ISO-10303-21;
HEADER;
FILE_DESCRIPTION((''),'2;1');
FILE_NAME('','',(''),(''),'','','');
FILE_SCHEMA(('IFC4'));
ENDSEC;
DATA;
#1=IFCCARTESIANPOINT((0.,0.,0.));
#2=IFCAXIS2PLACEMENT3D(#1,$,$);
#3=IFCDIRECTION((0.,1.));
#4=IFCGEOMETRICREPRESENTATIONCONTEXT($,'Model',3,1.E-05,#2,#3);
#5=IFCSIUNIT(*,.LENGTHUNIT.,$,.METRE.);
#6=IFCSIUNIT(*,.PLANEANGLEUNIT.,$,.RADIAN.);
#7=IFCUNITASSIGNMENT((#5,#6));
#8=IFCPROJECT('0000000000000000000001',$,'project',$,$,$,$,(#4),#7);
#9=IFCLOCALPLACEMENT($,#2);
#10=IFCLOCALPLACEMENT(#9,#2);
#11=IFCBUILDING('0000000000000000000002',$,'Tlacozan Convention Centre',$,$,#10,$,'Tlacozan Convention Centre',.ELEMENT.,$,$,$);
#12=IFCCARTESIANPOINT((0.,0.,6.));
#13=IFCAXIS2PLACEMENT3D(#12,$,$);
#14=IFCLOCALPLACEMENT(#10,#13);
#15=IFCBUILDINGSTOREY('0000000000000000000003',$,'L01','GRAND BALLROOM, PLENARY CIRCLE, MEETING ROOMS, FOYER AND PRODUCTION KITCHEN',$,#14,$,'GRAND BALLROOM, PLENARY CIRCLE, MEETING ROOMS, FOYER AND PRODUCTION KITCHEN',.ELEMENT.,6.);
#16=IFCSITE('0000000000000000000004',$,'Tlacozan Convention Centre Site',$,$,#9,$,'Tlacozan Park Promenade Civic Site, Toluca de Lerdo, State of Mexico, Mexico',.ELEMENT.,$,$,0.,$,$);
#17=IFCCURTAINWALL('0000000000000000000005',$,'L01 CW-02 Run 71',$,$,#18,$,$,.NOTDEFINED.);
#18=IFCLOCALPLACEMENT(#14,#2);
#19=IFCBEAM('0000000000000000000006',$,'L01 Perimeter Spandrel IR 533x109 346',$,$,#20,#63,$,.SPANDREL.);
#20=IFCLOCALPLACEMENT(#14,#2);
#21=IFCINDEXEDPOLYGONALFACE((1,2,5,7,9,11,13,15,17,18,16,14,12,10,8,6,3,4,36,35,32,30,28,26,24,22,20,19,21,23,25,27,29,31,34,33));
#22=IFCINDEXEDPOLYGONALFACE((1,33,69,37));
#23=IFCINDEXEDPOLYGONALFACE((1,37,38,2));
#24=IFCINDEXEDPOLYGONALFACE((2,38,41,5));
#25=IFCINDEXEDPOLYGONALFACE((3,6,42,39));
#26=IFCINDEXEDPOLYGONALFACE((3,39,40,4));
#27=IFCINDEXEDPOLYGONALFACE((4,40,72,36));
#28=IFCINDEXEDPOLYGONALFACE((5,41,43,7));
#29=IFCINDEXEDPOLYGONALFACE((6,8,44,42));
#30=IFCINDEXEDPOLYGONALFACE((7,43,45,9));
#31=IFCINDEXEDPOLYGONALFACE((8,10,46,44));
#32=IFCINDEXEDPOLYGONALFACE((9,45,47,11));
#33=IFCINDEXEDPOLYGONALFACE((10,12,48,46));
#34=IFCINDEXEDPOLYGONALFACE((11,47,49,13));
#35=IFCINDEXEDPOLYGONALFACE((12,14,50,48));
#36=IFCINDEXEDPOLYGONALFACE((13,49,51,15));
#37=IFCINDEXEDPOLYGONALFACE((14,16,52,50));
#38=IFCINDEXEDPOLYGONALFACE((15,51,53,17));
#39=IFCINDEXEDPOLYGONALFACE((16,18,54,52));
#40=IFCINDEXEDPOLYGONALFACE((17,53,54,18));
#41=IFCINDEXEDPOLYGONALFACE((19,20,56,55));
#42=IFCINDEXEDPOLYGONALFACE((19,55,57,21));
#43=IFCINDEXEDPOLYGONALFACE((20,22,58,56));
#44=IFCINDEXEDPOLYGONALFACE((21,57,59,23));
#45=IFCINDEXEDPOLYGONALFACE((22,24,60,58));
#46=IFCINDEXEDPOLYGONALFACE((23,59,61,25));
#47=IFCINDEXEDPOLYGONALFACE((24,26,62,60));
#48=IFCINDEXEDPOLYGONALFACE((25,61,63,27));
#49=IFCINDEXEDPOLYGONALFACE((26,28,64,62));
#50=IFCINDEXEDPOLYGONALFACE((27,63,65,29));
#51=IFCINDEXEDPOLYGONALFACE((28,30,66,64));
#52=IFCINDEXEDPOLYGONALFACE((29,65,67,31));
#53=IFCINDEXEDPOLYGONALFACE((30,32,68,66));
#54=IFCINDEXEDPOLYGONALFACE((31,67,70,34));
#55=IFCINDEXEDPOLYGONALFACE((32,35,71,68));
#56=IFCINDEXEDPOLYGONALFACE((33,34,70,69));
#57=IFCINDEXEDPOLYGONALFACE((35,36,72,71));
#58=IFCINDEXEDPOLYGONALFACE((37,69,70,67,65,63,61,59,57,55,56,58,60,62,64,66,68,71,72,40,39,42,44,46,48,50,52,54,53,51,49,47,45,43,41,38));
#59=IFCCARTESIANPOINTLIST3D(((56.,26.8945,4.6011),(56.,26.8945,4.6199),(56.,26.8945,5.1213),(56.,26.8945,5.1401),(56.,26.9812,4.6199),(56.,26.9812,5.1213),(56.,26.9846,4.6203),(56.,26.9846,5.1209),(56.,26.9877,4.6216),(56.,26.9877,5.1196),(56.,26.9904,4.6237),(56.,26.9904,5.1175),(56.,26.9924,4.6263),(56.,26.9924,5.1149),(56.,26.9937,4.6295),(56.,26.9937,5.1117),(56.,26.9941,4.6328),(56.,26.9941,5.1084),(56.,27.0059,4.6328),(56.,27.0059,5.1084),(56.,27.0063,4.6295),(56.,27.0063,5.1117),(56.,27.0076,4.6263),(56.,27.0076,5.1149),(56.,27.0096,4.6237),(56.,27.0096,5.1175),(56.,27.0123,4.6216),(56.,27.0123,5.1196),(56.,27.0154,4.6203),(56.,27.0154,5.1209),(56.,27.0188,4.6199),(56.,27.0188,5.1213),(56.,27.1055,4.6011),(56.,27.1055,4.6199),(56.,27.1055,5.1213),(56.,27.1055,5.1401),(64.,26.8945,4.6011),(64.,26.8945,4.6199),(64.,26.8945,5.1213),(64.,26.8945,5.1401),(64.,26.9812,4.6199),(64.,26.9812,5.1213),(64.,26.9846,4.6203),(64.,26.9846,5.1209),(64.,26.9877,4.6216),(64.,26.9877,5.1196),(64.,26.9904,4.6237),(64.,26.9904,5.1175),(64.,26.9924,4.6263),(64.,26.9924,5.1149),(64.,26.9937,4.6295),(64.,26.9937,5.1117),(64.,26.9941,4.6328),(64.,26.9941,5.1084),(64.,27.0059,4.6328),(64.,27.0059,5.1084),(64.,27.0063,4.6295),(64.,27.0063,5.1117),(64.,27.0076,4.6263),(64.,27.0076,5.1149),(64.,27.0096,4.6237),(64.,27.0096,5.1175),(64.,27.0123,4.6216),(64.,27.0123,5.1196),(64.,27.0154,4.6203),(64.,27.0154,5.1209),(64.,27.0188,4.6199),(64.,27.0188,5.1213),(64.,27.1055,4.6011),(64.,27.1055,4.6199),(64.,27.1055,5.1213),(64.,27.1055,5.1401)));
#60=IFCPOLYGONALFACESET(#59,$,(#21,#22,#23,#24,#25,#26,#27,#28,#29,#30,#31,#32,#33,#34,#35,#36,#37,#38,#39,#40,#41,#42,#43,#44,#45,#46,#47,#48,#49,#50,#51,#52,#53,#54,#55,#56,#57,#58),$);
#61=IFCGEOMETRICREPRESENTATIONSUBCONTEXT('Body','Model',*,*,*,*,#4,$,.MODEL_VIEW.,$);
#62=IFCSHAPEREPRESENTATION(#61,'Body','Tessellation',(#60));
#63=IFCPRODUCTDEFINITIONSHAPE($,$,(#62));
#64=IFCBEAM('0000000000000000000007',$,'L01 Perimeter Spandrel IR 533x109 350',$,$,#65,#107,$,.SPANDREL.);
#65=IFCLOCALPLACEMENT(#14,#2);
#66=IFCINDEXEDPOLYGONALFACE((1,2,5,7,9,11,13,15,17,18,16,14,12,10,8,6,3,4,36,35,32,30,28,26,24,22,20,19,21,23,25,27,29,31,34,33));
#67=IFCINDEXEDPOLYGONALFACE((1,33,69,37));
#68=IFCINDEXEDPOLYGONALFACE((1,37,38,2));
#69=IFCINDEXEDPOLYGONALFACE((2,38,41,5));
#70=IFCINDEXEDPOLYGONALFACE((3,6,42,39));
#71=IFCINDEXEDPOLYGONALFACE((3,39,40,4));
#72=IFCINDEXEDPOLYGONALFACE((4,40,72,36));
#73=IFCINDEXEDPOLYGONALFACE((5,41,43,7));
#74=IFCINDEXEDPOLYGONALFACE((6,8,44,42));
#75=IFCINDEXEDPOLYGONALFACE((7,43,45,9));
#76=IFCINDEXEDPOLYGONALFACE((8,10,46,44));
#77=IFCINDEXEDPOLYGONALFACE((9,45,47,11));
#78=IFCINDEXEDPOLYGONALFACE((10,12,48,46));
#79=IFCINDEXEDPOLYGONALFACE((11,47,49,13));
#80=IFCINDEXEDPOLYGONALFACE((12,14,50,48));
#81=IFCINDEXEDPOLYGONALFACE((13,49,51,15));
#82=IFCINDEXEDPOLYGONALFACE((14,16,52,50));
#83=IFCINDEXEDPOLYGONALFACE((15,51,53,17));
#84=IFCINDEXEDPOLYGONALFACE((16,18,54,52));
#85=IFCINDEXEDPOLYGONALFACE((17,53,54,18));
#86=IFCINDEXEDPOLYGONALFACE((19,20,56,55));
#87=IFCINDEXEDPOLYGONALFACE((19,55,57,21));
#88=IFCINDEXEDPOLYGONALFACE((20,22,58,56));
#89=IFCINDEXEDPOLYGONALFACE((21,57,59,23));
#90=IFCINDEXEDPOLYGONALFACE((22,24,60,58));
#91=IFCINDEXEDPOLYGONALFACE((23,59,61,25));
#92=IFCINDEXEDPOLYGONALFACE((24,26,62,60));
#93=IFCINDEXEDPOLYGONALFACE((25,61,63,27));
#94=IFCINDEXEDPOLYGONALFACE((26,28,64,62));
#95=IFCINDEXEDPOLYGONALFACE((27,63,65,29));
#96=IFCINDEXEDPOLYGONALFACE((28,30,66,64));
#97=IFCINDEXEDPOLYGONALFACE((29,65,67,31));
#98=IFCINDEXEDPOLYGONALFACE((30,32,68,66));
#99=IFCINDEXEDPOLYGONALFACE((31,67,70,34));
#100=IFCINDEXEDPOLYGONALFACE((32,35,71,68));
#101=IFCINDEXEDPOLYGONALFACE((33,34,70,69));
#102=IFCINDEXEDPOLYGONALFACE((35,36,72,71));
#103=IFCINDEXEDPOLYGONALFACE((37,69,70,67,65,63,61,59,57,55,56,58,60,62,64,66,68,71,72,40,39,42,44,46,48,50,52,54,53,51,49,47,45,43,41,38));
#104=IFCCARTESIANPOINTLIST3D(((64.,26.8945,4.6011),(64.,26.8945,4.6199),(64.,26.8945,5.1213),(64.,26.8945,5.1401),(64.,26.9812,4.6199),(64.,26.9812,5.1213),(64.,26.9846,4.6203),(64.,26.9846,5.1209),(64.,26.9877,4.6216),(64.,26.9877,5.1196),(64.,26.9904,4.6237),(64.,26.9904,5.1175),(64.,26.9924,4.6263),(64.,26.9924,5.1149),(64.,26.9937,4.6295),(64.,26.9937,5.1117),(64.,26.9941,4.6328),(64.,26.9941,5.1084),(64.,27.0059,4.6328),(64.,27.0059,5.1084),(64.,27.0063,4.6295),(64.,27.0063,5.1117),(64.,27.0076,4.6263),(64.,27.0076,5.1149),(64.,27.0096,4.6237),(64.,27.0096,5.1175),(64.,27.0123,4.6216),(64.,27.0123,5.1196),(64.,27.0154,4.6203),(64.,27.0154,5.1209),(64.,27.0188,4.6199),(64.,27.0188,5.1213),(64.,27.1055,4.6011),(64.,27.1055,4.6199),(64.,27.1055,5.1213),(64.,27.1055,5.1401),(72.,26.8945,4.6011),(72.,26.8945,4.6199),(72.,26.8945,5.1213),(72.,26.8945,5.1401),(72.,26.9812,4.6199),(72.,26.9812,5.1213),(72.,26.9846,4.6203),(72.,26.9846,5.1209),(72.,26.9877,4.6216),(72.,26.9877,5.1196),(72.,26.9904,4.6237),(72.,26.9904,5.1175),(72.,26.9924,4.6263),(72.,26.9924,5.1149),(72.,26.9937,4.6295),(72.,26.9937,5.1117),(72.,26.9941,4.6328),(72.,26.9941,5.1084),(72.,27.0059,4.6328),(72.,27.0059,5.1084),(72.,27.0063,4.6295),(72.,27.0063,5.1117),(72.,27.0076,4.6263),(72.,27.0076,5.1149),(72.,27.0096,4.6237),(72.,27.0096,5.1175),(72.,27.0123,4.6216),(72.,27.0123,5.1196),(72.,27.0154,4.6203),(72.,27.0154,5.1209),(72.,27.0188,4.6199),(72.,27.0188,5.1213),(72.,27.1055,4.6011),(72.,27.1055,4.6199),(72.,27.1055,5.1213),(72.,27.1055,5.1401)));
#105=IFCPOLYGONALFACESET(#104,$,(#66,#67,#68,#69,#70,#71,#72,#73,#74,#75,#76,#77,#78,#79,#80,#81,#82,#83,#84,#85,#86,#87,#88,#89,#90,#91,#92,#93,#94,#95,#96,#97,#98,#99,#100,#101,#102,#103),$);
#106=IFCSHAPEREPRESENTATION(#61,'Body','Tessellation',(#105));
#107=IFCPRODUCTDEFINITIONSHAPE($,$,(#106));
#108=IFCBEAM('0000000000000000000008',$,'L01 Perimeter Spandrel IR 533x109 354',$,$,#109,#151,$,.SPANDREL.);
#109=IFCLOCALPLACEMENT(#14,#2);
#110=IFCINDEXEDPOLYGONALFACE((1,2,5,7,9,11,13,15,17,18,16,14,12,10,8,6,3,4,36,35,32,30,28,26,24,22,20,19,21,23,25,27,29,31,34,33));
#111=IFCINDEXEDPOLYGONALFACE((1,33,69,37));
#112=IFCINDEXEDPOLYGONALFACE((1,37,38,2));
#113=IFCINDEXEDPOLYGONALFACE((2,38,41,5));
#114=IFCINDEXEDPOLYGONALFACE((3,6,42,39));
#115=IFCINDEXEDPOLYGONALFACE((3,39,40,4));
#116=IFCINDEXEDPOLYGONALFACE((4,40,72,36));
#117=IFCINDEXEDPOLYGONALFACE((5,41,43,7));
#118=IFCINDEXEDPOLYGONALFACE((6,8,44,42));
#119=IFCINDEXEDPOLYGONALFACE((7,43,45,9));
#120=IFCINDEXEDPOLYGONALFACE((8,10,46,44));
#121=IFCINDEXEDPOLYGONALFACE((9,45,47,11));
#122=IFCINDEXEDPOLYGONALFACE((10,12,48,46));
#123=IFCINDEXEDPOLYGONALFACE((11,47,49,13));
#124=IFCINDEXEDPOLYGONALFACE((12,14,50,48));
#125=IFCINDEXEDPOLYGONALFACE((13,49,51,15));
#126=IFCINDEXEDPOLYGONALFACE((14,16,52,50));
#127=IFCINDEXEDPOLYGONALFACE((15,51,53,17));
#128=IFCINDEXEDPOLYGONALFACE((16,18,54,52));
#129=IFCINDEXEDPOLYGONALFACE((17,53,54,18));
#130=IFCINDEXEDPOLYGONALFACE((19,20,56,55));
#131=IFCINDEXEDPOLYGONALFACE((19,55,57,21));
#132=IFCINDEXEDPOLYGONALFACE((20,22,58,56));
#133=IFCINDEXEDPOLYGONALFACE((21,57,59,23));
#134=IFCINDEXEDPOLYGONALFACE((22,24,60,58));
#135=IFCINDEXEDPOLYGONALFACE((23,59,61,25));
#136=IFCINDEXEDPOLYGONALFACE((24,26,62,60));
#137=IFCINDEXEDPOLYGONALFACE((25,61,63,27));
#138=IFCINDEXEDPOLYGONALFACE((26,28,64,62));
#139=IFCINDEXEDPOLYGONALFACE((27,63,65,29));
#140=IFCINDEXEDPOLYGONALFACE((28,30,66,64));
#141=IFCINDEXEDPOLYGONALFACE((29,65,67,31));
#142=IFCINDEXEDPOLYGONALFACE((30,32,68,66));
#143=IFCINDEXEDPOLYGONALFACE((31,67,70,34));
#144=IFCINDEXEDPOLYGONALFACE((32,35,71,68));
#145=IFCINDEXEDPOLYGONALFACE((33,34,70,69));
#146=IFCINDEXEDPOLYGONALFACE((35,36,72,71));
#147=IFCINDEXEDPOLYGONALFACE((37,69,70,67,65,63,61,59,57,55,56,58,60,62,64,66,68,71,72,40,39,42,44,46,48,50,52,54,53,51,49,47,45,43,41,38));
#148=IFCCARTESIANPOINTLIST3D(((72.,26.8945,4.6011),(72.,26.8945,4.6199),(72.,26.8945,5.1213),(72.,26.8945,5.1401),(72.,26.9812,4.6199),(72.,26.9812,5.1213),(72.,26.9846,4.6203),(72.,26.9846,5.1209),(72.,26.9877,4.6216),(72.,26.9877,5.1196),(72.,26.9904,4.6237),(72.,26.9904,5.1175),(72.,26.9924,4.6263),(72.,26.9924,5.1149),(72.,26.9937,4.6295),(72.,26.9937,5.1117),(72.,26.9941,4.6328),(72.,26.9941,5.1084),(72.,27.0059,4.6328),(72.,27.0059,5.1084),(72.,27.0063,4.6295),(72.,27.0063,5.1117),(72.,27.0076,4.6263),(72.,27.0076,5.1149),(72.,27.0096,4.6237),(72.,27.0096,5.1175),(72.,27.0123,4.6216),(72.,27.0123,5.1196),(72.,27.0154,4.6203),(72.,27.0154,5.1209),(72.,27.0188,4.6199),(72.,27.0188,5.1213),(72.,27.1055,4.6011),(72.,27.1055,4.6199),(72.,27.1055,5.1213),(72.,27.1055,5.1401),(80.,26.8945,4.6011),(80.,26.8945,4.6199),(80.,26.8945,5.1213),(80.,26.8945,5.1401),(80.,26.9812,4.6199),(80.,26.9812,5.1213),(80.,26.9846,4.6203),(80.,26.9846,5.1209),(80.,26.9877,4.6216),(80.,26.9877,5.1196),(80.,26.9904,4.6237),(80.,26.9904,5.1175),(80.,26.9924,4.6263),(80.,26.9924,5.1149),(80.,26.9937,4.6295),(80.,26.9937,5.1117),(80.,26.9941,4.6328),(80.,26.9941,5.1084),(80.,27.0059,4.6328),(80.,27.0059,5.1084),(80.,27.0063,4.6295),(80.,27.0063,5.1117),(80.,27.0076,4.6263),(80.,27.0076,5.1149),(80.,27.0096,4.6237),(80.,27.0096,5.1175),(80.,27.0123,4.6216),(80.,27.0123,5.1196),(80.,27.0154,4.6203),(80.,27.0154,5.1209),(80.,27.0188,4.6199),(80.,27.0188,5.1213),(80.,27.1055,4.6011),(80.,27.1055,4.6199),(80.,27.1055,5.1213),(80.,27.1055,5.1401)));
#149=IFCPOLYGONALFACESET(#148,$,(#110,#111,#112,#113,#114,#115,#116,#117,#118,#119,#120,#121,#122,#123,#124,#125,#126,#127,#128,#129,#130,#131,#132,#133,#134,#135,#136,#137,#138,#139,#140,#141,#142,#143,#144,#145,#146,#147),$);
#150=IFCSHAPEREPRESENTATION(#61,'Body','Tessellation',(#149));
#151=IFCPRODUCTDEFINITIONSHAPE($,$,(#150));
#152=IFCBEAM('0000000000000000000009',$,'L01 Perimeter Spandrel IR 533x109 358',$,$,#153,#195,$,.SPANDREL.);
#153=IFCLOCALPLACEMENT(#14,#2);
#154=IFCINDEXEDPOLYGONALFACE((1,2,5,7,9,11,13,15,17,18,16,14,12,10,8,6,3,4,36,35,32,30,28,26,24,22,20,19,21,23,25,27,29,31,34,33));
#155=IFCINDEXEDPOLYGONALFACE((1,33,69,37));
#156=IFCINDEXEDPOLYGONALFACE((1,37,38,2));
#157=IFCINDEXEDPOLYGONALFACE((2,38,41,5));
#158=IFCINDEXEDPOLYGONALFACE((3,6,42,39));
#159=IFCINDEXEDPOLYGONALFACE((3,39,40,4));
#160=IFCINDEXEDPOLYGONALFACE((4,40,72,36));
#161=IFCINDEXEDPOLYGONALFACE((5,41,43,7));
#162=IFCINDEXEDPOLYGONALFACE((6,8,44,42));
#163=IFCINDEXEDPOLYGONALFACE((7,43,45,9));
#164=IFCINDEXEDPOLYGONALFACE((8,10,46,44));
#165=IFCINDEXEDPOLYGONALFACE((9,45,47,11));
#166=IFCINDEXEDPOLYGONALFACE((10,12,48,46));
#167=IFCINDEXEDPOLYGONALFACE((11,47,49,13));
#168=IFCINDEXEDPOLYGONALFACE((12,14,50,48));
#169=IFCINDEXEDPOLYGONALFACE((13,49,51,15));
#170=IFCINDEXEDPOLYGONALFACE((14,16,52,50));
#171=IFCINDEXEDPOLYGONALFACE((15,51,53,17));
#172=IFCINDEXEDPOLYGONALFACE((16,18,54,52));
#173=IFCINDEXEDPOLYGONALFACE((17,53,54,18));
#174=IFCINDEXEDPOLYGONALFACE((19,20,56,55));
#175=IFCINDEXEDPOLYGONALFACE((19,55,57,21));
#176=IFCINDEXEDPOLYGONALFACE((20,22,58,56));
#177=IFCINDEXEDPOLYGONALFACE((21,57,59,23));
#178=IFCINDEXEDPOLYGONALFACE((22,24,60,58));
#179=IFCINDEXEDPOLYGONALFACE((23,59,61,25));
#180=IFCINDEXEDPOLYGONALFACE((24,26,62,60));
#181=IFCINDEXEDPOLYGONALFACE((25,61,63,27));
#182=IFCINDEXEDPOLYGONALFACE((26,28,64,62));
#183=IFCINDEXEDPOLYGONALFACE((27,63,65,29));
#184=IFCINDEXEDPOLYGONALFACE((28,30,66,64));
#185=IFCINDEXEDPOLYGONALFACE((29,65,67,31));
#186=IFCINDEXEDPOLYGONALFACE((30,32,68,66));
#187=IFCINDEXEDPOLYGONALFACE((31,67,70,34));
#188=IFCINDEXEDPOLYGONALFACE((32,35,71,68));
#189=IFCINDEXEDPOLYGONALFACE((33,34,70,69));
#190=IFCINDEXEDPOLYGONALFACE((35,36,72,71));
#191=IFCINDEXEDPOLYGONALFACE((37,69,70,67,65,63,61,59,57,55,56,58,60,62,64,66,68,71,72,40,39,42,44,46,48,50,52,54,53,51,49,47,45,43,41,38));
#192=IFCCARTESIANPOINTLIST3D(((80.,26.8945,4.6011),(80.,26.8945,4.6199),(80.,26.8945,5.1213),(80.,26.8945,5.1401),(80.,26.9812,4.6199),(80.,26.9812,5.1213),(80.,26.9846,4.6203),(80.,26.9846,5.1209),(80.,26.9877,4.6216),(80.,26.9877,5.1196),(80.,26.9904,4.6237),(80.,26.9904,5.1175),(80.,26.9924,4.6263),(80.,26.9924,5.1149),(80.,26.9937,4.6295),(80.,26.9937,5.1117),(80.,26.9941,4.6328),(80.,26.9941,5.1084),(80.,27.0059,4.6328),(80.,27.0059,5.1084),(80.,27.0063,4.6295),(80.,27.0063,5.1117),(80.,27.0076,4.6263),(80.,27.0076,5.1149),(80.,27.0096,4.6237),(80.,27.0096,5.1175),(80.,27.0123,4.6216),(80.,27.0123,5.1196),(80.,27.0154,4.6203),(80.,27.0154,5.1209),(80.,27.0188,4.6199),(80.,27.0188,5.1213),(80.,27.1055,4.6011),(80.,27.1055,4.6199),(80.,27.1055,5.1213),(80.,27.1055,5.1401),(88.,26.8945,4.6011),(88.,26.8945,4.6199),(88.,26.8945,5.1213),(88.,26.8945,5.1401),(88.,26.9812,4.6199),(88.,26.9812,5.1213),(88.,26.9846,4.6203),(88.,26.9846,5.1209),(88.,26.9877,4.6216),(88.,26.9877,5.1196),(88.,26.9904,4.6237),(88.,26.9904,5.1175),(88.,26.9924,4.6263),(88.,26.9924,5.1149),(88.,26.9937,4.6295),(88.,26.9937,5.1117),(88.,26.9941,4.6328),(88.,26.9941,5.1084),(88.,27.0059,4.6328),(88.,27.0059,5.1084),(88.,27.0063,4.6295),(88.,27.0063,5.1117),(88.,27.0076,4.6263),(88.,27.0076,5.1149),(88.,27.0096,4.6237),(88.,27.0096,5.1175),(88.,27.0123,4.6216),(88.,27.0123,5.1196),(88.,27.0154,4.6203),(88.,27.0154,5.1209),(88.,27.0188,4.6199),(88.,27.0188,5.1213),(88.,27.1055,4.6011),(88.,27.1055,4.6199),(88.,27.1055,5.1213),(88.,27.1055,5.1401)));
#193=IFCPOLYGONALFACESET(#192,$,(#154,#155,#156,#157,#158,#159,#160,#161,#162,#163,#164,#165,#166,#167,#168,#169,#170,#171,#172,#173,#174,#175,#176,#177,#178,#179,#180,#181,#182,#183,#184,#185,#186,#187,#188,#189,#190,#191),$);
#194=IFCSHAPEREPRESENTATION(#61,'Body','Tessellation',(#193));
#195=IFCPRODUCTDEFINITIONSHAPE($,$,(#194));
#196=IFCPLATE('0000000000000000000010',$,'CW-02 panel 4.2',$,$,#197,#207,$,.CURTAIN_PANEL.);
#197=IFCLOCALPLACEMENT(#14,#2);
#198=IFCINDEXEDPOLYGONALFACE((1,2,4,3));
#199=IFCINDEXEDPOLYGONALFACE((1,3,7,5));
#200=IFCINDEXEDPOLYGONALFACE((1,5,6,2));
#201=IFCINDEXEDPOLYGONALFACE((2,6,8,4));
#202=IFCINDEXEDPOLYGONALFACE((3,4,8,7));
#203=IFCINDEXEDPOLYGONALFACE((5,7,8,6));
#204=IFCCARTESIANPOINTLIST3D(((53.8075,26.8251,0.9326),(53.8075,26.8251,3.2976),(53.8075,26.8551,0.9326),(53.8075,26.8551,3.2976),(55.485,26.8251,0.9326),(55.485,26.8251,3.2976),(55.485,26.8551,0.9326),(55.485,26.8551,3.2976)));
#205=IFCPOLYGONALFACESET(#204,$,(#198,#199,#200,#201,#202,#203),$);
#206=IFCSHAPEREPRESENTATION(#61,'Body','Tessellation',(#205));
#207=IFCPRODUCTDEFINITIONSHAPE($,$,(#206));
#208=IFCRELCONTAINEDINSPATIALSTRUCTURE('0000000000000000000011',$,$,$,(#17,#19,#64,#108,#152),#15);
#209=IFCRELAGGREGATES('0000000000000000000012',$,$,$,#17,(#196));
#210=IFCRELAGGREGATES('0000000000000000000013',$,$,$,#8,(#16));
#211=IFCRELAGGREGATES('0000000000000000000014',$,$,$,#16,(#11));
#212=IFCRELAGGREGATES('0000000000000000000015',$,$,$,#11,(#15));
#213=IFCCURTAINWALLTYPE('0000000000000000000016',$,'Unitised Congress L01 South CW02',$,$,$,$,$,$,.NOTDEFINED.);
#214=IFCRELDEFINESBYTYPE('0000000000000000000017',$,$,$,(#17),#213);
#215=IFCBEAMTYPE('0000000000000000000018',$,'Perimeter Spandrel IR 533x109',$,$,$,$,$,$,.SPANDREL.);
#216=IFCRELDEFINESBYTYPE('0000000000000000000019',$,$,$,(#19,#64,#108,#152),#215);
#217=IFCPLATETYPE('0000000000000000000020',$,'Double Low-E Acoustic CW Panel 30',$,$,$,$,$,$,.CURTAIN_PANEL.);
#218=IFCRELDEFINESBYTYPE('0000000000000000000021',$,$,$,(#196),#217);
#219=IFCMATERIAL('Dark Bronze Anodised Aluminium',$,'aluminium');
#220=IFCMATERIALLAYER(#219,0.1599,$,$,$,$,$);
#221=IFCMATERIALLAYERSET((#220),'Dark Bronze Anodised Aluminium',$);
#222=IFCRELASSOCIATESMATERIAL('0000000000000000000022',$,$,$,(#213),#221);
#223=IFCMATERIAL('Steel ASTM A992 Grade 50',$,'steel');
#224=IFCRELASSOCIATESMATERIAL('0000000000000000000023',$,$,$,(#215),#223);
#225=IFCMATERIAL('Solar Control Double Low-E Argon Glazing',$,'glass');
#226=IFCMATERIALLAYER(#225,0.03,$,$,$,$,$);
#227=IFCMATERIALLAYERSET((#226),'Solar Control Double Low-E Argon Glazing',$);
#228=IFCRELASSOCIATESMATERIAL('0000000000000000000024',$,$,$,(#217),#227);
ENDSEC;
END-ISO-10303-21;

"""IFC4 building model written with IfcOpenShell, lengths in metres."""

from ifc_helpers import new_model, si_unit, direction, frame, origin, origin_2d, place, context, subcontext, project, spatial, rectangle, i_section, extrude, material, layer, layer_set, material_profile, profile_set, type_object, element, aggregate, save


model = new_model("IFC4")

# Units and contexts
model_context = context("Model", 3, precision=1e-05, world=origin(), true_north=direction((0.0, 1.0)))
body_context = subcontext(model_context, "Body", "Model", "MODEL_VIEW")
ifc_project = project(units=[si_unit("LENGTHUNIT", "METRE"), si_unit("PLANEANGLEUNIT", "RADIAN")], contexts=[model_context])

# Site, building, storey
site_placement = place(None, origin())
site = spatial("IfcSite", under=ifc_project, at=site_placement, Name="Tlacozan Convention Centre Site", LongName="Tlacozan Park Promenade Civic Site, Toluca de Lerdo, State of Mexico, Mexico", CompositionType="ELEMENT", RefElevation=0.0)
building_placement = place(site_placement, origin())
building = spatial("IfcBuilding", under=site, at=building_placement, Name="Tlacozan Convention Centre", LongName="Tlacozan Convention Centre", CompositionType="ELEMENT")
storey_placement = place(building_placement, frame((0.0, 0.0, 6.0)))
storey = spatial("IfcBuildingStorey", under=building, at=storey_placement, Name="L01", Description="GRAND BALLROOM, PLENARY CIRCLE, MEETING ROOMS, FOYER AND PRODUCTION KITCHEN", LongName="GRAND BALLROOM, PLENARY CIRCLE, MEETING ROOMS, FOYER AND PRODUCTION KITCHEN", CompositionType="ELEMENT", Elevation=6.0)

# Curtain wall
ifc_material_1 = material(Name="Dark Bronze Anodised Aluminium", Category="aluminium")
ifc_layer_1 = layer(ifc_material_1, 0.1599)
ifc_layer_set_1 = layer_set([ifc_layer_1], Name="Dark Bronze Anodised Aluminium")
curtain_wall_type = type_object("IfcCurtainWallType", Name="Unitised Congress L01 South CW02", PredefinedType="NOTDEFINED", material=ifc_layer_set_1)
curtain_wall_placement = place(storey_placement, origin())
curtain_wall = element("IfcCurtainWall", 1, at=curtain_wall_placement, inside=storey, type_object=curtain_wall_type, Name="L01 CW-02 Run 71", PredefinedType="NOTDEFINED")

# Beams
ifc_material_2 = material(Name="Steel ASTM A992 Grade 50", Category="steel")
ifc_material_profile_1 = material_profile(ifc_material_2, i_section(OverallWidth=0.2109, OverallDepth=0.5391, WebThickness=0.0117, FlangeThickness=0.0188, FilletRadius=0.0129, at=origin_2d()), Name="IR 533x109.0")
ifc_profile_set_1 = profile_set([ifc_material_profile_1], Name="Steel ASTM A992 Grade 50")
beam_type = type_object("IfcBeamType", Name="Perimeter Spandrel IR 533x109", PredefinedType="SPANDREL", material=ifc_profile_set_1)
for number, where, z_axis, x_axis, name in (
    (2, (56.0, 27.0, 4.8706), (1.0, 0.0, 0.0), (0.0, 1.0, 0.0), "L01 Perimeter Spandrel IR 533x109 346"),
    (3, (64.0, 27.0, 4.8706), (1.0, 0.0, 0.0), (0.0, 1.0, 0.0), "L01 Perimeter Spandrel IR 533x109 350"),
    (4, (72.0, 27.0, 4.8706), (1.0, 0.0, 0.0), (0.0, 1.0, 0.0), "L01 Perimeter Spandrel IR 533x109 354"),
    (5, (80.0, 27.0, 4.8706), (1.0, 0.0, 0.0), (0.0, 1.0, 0.0), "L01 Perimeter Spandrel IR 533x109 358"),
):
    element("IfcBeam", number, at=place(storey_placement, frame(where, z_axis=z_axis, x_axis=x_axis)), inside=storey, type_object=beam_type, Name=name, PredefinedType="SPANDREL", context=body_context, shape_type="SweptSolid", body=[
        extrude(i_section(OverallWidth=0.2109, OverallDepth=0.5391, WebThickness=0.0117, FlangeThickness=0.0188, FilletRadius=0.0129, at=origin_2d()), origin(), (0.0, 0.0, 1.0), 8.0),
    ])

# Plate
ifc_material_3 = material(Name="Solar Control Double Low-E Argon Glazing", Category="glass")
ifc_layer_2 = layer(ifc_material_3, 0.03)
ifc_layer_set_2 = layer_set([ifc_layer_2], Name="Solar Control Double Low-E Argon Glazing")
plate_type = type_object("IfcPlateType", Name="Double Low-E Acoustic CW Panel 30", PredefinedType="CURTAIN_PANEL", material=ifc_layer_set_2)
plate_1_placement = place(storey_placement, frame((54.6462, 26.8401, 0.9326), z_axis=(0.0, 0.0, 1.0), x_axis=(1.0, 0.0, 0.0)))
plate_1 = element("IfcPlate", 6, at=plate_1_placement, type_object=plate_type, Name="CW-02 panel 4.2", PredefinedType="CURTAIN_PANEL", context=body_context, shape_type="SweptSolid", body=[
    extrude(rectangle(XDim=1.6775, YDim=0.03, at=origin_2d()), origin(), (0.0, 0.0, 1.0), 2.365),
])
aggregate(curtain_wall, [plate_1])

save(model, "model.ifc")
